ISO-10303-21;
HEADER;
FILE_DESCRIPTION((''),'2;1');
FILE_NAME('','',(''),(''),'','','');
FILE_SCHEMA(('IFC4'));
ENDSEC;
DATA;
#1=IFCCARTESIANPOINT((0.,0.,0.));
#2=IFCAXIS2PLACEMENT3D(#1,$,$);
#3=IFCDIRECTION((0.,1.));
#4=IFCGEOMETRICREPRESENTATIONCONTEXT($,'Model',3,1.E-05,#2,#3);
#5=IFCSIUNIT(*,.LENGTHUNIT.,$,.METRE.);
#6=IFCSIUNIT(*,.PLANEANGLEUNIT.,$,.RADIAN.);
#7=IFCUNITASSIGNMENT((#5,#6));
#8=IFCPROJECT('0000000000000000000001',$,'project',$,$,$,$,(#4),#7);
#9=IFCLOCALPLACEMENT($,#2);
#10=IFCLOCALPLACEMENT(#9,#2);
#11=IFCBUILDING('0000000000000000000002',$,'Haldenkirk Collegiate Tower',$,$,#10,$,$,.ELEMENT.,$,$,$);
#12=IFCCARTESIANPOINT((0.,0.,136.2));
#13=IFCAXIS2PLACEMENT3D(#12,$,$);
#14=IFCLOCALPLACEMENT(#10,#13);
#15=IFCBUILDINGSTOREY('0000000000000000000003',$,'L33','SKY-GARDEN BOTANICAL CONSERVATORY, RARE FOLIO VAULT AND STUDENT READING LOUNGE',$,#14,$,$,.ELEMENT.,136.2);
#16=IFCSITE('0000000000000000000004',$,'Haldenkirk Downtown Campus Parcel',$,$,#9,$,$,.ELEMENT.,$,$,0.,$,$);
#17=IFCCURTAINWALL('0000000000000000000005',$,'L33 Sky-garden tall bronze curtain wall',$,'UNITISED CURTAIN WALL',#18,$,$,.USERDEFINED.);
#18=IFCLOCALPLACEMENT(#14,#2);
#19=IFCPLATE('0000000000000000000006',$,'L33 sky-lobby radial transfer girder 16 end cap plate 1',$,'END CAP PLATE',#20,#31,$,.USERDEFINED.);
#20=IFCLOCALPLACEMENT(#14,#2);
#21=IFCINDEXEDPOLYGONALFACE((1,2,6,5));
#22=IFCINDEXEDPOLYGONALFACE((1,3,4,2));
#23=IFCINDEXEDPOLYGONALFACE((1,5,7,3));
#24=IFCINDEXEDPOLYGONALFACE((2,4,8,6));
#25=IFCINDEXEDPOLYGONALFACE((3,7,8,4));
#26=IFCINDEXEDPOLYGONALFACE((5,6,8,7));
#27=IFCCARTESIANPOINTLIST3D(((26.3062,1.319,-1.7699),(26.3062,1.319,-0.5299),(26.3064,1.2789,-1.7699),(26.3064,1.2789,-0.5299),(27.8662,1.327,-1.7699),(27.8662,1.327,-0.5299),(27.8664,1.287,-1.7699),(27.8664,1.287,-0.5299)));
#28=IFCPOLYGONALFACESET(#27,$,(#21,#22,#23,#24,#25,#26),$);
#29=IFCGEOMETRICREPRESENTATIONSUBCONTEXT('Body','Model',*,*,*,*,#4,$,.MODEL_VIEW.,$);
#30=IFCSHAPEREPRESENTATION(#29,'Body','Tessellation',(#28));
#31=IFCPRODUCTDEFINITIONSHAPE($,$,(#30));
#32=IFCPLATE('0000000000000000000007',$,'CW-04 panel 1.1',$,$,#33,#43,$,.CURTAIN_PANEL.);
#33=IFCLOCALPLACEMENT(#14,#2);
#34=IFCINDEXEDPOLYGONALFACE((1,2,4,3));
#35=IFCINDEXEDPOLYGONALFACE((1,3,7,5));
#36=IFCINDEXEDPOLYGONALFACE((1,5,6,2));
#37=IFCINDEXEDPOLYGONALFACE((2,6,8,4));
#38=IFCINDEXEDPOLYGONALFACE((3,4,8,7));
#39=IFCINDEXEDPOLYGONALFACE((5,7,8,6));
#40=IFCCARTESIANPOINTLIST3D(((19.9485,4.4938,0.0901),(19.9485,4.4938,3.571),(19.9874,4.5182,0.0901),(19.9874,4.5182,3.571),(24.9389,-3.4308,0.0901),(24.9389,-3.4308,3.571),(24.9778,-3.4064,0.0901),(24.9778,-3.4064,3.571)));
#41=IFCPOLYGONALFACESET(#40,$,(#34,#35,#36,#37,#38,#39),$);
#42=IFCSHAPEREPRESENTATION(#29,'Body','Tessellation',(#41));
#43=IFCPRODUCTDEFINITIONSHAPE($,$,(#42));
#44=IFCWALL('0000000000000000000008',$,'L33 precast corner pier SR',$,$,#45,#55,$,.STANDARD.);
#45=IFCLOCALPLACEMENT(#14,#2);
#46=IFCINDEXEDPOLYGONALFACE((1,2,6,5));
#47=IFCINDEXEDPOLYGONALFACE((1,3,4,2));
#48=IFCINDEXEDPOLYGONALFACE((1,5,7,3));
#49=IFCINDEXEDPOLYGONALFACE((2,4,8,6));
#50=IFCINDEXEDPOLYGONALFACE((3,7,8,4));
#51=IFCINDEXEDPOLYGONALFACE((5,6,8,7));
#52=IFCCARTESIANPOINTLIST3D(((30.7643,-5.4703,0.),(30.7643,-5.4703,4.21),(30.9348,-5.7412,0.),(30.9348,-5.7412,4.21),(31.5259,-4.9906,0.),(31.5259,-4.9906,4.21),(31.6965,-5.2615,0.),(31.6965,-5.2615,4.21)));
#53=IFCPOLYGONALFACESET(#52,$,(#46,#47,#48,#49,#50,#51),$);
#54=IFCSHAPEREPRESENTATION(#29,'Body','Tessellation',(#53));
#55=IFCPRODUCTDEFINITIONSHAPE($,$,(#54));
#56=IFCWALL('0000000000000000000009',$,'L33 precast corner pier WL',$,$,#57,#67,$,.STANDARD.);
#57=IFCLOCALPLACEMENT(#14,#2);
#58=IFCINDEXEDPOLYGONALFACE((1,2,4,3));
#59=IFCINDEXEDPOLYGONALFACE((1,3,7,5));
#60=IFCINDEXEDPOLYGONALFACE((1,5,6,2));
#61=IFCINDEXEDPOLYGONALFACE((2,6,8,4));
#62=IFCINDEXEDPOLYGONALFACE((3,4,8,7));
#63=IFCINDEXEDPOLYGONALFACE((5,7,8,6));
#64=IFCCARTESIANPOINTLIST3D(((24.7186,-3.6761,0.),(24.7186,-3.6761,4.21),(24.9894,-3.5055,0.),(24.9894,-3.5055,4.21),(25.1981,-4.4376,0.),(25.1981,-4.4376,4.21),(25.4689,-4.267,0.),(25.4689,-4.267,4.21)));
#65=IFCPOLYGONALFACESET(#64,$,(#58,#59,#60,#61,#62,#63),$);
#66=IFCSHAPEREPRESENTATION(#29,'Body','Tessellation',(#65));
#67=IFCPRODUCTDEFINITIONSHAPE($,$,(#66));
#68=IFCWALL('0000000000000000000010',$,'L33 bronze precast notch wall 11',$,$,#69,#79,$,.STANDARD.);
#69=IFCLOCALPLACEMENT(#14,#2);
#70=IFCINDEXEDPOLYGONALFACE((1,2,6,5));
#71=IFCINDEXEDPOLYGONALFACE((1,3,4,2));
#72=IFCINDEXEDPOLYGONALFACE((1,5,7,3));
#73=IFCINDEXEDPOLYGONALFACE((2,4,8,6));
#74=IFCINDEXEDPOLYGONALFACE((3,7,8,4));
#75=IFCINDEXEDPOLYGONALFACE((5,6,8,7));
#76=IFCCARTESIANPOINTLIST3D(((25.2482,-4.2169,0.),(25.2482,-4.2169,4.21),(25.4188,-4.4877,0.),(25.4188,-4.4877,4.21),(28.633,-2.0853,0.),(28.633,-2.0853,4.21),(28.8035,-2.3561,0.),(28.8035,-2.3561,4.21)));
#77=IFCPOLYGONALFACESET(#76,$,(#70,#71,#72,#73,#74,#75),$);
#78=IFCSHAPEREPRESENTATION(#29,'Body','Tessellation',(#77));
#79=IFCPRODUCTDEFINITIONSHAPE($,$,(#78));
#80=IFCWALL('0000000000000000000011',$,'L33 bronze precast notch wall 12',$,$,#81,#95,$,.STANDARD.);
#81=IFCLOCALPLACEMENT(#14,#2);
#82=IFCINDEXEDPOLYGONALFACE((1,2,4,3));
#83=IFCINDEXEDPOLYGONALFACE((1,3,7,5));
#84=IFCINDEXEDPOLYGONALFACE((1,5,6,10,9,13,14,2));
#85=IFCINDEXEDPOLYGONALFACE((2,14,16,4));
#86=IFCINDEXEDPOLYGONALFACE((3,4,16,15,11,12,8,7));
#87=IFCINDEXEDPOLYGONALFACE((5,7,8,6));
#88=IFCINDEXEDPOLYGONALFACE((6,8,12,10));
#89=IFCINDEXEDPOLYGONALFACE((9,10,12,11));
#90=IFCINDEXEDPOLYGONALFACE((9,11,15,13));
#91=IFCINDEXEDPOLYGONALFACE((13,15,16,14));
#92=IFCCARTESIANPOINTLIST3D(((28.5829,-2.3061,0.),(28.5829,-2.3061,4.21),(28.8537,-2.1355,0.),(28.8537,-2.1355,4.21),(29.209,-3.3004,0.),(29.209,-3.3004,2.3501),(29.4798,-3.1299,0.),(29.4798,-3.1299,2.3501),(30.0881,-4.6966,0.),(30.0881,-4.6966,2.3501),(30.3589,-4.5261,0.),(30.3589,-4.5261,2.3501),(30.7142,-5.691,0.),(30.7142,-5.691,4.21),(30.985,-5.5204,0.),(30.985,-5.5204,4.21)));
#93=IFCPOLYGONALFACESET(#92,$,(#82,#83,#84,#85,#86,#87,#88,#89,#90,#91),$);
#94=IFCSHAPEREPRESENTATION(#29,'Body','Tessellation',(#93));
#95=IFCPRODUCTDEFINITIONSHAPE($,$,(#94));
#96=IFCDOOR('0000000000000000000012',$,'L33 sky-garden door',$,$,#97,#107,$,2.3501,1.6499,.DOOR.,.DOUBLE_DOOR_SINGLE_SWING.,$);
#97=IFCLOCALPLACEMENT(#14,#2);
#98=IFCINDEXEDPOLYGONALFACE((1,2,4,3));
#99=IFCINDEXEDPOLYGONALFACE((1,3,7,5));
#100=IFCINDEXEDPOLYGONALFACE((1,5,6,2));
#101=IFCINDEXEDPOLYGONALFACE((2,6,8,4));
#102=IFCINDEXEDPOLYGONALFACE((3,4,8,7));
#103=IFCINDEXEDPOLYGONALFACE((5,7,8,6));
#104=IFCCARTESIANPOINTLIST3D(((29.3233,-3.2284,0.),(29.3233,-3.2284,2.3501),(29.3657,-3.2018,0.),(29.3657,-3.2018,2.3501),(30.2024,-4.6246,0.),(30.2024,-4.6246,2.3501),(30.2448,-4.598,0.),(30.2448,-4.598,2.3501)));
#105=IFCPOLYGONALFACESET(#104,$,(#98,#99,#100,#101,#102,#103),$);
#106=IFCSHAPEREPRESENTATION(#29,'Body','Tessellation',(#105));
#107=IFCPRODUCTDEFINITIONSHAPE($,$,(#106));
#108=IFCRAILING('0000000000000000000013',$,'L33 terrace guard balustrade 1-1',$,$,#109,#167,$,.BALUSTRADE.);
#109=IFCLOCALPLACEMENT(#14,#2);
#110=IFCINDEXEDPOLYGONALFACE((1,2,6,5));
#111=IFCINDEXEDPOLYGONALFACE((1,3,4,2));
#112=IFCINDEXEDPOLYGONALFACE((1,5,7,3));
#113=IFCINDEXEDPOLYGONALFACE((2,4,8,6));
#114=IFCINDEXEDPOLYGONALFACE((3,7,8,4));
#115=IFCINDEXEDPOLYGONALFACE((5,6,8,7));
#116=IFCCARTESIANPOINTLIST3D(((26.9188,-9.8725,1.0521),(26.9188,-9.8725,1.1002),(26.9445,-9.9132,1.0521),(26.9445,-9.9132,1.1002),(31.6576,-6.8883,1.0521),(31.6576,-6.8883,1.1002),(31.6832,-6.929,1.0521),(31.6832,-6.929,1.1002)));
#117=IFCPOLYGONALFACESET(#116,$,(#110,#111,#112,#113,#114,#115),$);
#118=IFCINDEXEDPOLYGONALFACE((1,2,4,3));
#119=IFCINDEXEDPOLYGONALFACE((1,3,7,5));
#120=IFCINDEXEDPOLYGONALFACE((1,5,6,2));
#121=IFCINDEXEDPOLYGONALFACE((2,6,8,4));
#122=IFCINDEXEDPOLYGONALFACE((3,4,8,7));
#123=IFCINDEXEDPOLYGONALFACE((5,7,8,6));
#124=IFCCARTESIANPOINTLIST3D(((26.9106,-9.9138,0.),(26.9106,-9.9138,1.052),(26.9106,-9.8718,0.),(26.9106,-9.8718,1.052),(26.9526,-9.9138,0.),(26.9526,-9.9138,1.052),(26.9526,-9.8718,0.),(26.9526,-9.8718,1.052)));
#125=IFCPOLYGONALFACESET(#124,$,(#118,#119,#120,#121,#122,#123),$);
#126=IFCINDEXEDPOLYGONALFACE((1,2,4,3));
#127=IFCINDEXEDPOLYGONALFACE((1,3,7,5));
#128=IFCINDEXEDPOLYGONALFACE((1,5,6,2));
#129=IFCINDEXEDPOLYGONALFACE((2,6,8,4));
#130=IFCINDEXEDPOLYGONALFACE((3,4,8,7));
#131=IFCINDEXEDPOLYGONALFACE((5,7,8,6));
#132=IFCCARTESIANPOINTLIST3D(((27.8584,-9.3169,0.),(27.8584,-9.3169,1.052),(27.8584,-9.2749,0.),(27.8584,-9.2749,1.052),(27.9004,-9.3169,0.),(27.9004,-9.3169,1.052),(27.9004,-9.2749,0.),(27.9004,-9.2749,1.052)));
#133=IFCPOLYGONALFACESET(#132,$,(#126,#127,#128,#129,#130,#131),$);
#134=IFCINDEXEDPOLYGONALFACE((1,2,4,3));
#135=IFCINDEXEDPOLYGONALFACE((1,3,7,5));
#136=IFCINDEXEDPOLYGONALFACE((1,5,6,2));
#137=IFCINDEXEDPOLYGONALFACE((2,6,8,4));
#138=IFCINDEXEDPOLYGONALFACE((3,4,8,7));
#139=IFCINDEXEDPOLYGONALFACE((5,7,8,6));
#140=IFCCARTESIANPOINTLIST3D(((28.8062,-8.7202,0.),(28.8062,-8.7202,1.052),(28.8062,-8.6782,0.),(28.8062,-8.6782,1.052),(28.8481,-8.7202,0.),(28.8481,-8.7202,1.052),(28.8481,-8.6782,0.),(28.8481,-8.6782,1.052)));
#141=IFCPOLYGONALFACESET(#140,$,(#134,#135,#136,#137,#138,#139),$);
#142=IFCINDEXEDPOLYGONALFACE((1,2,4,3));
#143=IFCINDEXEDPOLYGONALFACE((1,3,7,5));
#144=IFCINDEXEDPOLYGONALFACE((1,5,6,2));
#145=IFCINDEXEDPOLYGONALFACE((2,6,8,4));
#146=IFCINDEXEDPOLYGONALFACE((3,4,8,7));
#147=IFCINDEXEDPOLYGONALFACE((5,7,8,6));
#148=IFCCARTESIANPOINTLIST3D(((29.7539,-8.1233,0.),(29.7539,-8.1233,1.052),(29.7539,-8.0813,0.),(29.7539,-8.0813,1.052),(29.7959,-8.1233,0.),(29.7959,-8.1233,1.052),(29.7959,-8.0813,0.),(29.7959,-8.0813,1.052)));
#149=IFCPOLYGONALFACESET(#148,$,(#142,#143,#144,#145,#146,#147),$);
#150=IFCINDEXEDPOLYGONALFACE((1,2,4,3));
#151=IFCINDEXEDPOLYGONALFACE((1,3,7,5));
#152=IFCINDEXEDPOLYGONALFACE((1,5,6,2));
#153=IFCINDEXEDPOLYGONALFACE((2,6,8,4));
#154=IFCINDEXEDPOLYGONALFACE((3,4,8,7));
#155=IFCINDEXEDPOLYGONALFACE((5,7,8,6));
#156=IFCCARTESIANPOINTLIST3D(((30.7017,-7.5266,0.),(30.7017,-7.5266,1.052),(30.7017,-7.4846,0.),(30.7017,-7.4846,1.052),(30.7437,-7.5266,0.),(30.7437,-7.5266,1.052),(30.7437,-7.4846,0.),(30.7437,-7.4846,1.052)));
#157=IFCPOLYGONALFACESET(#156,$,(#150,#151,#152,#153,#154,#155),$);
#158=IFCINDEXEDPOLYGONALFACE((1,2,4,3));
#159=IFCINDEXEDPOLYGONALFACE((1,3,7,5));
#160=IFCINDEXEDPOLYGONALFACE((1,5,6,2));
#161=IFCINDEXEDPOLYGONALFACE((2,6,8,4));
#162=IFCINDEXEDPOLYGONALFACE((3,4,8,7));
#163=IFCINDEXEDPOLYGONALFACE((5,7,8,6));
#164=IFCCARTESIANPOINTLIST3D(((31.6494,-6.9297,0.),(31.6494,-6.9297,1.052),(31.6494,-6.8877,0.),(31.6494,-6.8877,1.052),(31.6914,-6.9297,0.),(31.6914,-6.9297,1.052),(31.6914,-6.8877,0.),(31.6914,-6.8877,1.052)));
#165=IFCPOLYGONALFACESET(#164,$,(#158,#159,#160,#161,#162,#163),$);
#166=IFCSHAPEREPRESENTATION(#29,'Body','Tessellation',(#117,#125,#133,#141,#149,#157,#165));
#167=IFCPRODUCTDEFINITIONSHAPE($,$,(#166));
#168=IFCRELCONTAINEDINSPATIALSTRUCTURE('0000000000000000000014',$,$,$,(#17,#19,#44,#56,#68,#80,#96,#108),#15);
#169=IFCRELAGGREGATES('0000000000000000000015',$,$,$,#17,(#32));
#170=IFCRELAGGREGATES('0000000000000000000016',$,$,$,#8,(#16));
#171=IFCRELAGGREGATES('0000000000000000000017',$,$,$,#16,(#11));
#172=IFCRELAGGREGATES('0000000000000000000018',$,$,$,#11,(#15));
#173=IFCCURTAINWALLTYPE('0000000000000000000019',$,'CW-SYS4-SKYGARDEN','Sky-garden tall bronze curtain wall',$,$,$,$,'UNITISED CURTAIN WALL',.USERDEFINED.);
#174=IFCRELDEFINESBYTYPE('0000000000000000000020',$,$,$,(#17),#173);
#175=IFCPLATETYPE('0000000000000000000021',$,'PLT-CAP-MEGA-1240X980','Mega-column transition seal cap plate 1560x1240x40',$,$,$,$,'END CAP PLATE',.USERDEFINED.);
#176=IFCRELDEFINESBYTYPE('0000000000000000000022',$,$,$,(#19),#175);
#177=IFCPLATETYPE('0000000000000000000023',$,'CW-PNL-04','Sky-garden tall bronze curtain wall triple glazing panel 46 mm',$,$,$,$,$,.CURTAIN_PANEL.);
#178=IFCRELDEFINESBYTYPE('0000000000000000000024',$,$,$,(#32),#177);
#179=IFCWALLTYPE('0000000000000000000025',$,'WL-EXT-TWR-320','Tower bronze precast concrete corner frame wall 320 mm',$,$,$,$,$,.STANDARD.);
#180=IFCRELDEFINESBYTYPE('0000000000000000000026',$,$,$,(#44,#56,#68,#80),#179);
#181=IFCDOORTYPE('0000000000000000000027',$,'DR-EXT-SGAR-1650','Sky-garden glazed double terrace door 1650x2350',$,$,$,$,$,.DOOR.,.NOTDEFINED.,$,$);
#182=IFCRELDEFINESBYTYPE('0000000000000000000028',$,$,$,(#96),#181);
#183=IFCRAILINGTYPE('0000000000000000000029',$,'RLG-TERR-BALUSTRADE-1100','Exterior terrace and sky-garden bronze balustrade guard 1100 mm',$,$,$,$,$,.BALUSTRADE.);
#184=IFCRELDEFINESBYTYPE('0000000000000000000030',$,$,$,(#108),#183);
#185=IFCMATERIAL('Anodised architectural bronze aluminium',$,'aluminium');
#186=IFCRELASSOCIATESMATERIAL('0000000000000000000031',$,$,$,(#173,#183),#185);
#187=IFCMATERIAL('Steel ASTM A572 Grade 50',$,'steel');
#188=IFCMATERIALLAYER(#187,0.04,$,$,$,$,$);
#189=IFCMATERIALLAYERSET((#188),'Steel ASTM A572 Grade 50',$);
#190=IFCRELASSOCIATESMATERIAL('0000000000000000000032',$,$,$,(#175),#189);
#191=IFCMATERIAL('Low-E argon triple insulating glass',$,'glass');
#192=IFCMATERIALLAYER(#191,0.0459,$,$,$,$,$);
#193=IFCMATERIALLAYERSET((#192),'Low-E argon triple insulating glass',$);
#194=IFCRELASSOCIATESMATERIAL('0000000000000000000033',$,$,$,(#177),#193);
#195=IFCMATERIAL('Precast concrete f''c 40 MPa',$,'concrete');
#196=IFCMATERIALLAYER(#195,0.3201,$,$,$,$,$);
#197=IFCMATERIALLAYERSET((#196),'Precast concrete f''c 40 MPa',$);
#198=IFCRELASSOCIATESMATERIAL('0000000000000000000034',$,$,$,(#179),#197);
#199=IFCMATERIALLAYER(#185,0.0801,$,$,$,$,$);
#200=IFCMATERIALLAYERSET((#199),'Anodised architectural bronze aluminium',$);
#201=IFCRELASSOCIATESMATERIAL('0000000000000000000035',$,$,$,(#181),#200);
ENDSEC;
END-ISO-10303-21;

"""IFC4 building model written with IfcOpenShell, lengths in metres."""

from ifc_helpers import new_model, si_unit, direction, frame, frame_2d, origin, origin_2d, place, context, subcontext, project, spatial, rectangle, extrude, source, transform, mapped, material, layer, layer_set, type_object, element, fill, aggregate, save


model = new_model("IFC4")

# Units and contexts
model_context = context("Model", 3, precision=1e-05, world=origin(), true_north=direction((0.0, 1.0)))
body_context = subcontext(model_context, "Body", "Model", "MODEL_VIEW")
ifc_project = project(units=[si_unit("LENGTHUNIT", "METRE"), si_unit("PLANEANGLEUNIT", "RADIAN")], contexts=[model_context])

# Site, building, storey
site_placement = place(None, origin())
site = spatial("IfcSite", under=ifc_project, at=site_placement, Name="Haldenkirk Downtown Campus Parcel", CompositionType="ELEMENT", RefElevation=0.0)
building_placement = place(site_placement, origin())
building = spatial("IfcBuilding", under=site, at=building_placement, Name="Haldenkirk Collegiate Tower", CompositionType="ELEMENT")
storey_placement = place(building_placement, frame((0.0, 0.0, 136.2)))
storey = spatial("IfcBuildingStorey", under=building, at=storey_placement, Name="L33", Description="SKY-GARDEN BOTANICAL CONSERVATORY, RARE FOLIO VAULT AND STUDENT READING LOUNGE", CompositionType="ELEMENT", Elevation=136.2)

# Shared definitions
ifc_material_1 = material(Name="Steel ASTM A572 Grade 50", Category="steel")

# Shared definitions
ifc_material_2 = material(Name="Anodised architectural bronze aluminium", Category="aluminium")
curtain_wall_type = type_object("IfcCurtainWallType", Name="CW-SYS4-SKYGARDEN", Description="Sky-garden tall bronze curtain wall", ElementType="UNITISED CURTAIN WALL", PredefinedType="USERDEFINED", material=ifc_material_2)

# Curtain wall
curtain_wall_1_placement = place(storey_placement, origin())
curtain_wall_1 = element("IfcCurtainWall", 1, at=curtain_wall_1_placement, inside=storey, type_object=curtain_wall_type, Name="L33 Sky-garden tall bronze curtain wall", ObjectType="UNITISED CURTAIN WALL", PredefinedType="USERDEFINED")

# Plate
ifc_layer_1 = layer(ifc_material_1, 0.04)
ifc_layer_set_1 = layer_set([ifc_layer_1], Name="Steel ASTM A572 Grade 50")
plate_type_1 = type_object("IfcPlateType", Name="PLT-CAP-MEGA-1240X980", Description="Mega-column transition seal cap plate 1560x1240x40", ElementType="END CAP PLATE", PredefinedType="USERDEFINED", material=ifc_layer_set_1)
shared_shape_1 = source(origin(), body_context, "Body", "SweptSolid", [
    extrude(rectangle(XDim=1.5601, YDim=1.24, at=origin_2d()), origin(), (0.0, 0.0, 1.0), 0.04),
])
for number, where, z_axis, x_axis, name in (
    (2, (27.0862, 1.323, -1.1499), (0.005163, -0.999987, 0.0), (0.999987, 0.005163, 0.0), "L33 sky-lobby radial transfer girder 16 end cap plate 1"),
):
    element("IfcPlate", number, at=place(storey_placement, frame(where, z_axis=z_axis, x_axis=x_axis)), inside=storey, type_object=plate_type_1, Name=name, ObjectType="END CAP PLATE", PredefinedType="USERDEFINED", context=body_context, shape_type="MappedRepresentation", body=[
        mapped(shared_shape_1, transform((0.0, 0.0, 0.0), x_axis=(1.0, 0.0, 0.0), y_axis=(0.0, 1.0, 0.0), z_axis=(0.0, 0.0, 1.0), scale=1.0)),
    ])

# Plate
ifc_material_3 = material(Name="Low-E argon triple insulating glass", Category="glass")
ifc_layer_2 = layer(ifc_material_3, 0.0459)
ifc_layer_set_2 = layer_set([ifc_layer_2], Name="Low-E argon triple insulating glass")
plate_type_2 = type_object("IfcPlateType", Name="CW-PNL-04", Description="Sky-garden tall bronze curtain wall triple glazing panel 46 mm", PredefinedType="CURTAIN_PANEL", material=ifc_layer_set_2)
shared_shape_2 = source(origin(), body_context, "Body", "SweptSolid", [
    extrude(rectangle(XDim=9.365, YDim=0.0459, at=origin_2d()), origin(), (0.0, 0.0, 1.0), 3.481),
])
plate_placement = place(storey_placement, frame((22.4631, 0.5437, 0.0901), z_axis=(0.0, 0.0, 1.0), x_axis=(-0.532878, 0.846192, 0.0)))
plate = element("IfcPlate", 3, at=plate_placement, type_object=plate_type_2, Name="CW-04 panel 1.1", PredefinedType="CURTAIN_PANEL", context=body_context, shape_type="MappedRepresentation", body=[
    mapped(shared_shape_2, transform((0.0, 0.0, 0.0), x_axis=(1.0, 0.0, 0.0), y_axis=(0.0, 1.0, 0.0), z_axis=(0.0, 0.0, 1.0), scale=1.0)),
])
aggregate(curtain_wall_1, [plate])

# Walls
ifc_material_4 = material(Name="Precast concrete f'c 40 MPa", Category="concrete")
ifc_layer_3 = layer(ifc_material_4, 0.3201)
ifc_layer_set_3 = layer_set([ifc_layer_3], Name="Precast concrete f'c 40 MPa")
wall_type = type_object("IfcWallType", Name="WL-EXT-TWR-320", Description="Tower bronze precast concrete corner frame wall 320 mm", PredefinedType="STANDARD", material=ifc_layer_set_3)
wall_1_placement = place(storey_placement, frame((31.6113, -5.126, 0.0), z_axis=(0.0, 0.0, 1.0), x_axis=(-0.846165, -0.532921, 0.0)))
element("IfcWall", 4, at=wall_1_placement, inside=storey, type_object=wall_type, Name="L33 precast corner pier SR", PredefinedType="STANDARD", context=body_context, shape_type="SweptSolid", body=[
    extrude(rectangle(XDim=0.9001, YDim=0.3201, at=frame_2d((0.4502, 0.0))), origin(), (0.0, 0.0, 1.0), 4.21),
])
wall_2_placement = place(storey_placement, frame((25.3335, -4.3523, 0.0), z_axis=(0.0, 0.0, 1.0), x_axis=(-0.532849, 0.84621, 0.0)))
element("IfcWall", 5, at=wall_2_placement, inside=storey, type_object=wall_type, Name="L33 precast corner pier WL", PredefinedType="STANDARD", context=body_context, shape_type="SweptSolid", body=[
    extrude(rectangle(XDim=0.8999, YDim=0.3201, at=frame_2d((0.45, 0.0))), origin(), (0.0, 0.0, 1.0), 4.21),
])
wall_3_placement = place(storey_placement, frame((28.7183, -2.2207, 0.0), z_axis=(0.0, 0.0, 1.0), x_axis=(-0.846183, -0.532893, 0.0)))
element("IfcWall", 6, at=wall_3_placement, inside=storey, type_object=wall_type, Name="L33 bronze precast notch wall 11", PredefinedType="STANDARD", context=body_context, shape_type="SweptSolid", body=[
    extrude(rectangle(XDim=4.0, YDim=0.3201, at=frame_2d((2.0, 0.0))), origin(), (0.0, 0.0, 1.0), 4.21),
])

# Wall, opening, door
wall_4_placement = place(storey_placement, frame((30.8496, -5.6057, 0.0), z_axis=(0.0, 0.0, 1.0), x_axis=(-0.532821, 0.846228, 0.0)))
wall_4 = element("IfcWall", 7, at=wall_4_placement, inside=storey, type_object=wall_type, Name="L33 bronze precast notch wall 12", PredefinedType="STANDARD", context=body_context, shape_type="SweptSolid", body=[
    extrude(rectangle(XDim=4.0, YDim=0.3201, at=frame_2d((2.0, 0.0))), origin(), (0.0, 0.0, 1.0), 4.21),
])
opening_placement = place(wall_4_placement, frame((1.175, 0.0, 0.0)))
opening = element("IfcOpeningElement", 8, at=opening_placement, cuts=wall_4, PredefinedType="OPENING", context=body_context, shape_type="SweptSolid", body=[
    extrude(rectangle(XDim=1.6499, YDim=2.3501, at=frame_2d((0.825, 1.175))), frame((0.0, 0.1699, 0.0), z_axis=(0.0, -1.0, 0.0), x_axis=(1.0, 0.0, 0.0)), (0.0, 0.0, 1.0), 0.3401),
])
ifc_layer_4 = layer(ifc_material_2, 0.0801)
ifc_layer_set_4 = layer_set([ifc_layer_4], Name="Anodised architectural bronze aluminium")
door_type = type_object("IfcDoorType", Name="DR-EXT-SGAR-1650", Description="Sky-garden glazed double terrace door 1650x2350", OperationType="NOTDEFINED", PredefinedType="DOOR", material=ifc_layer_set_4)
door_placement = place(opening_placement, origin())
door = element("IfcDoor", 9, at=door_placement, inside=storey, type_object=door_type, Name="L33 sky-garden door", OperationType="DOUBLE_DOOR_SINGLE_SWING", OverallHeight=2.3501, OverallWidth=1.6499, PredefinedType="DOOR", context=body_context, shape_type="SweptSolid", body=[
    extrude(rectangle(XDim=1.6499, YDim=2.3501, at=frame_2d((0.825, 1.175))), frame((0.0, 0.0249, 0.0), z_axis=(0.0, -1.0, 0.0), x_axis=(1.0, 0.0, 0.0)), (0.0, 0.0, 1.0), 0.05),
])
fill(opening, door)

# Railing
railing_type = type_object("IfcRailingType", Name="RLG-TERR-BALUSTRADE-1100", Description="Exterior terrace and sky-garden bronze balustrade guard 1100 mm", PredefinedType="BALUSTRADE", material=ifc_material_2)
railing_1_placement = place(storey_placement, frame((26.9316, -9.8928, 0.0)))
element("IfcRailing", 10, at=railing_1_placement, inside=storey, type_object=railing_type, Name="L33 terrace guard balustrade 1-1", PredefinedType="BALUSTRADE", context=body_context, shape_type="SweptSolid", body=[
    extrude(rectangle(XDim=0.0481, YDim=0.0481, at=origin_2d()), frame((0.0, 0.0, 1.0762), z_axis=(0.846196, 0.532872, 0.0), x_axis=(-0.532872, 0.846196, 0.0)), (0.0, 0.0, 1.0), 5.6001),
    extrude(rectangle(XDim=0.042, YDim=0.042, at=origin_2d()), origin(), (0.0, 0.0, 1.0), 1.052),
    extrude(rectangle(XDim=0.042, YDim=0.042, at=origin_2d()), frame((0.9478, 0.5969, 0.0)), (0.0, 0.0, 1.0), 1.052),
    extrude(rectangle(XDim=0.042, YDim=0.042, at=origin_2d()), frame((1.8955, 1.1936, 0.0)), (0.0, 0.0, 1.0), 1.052),
    extrude(rectangle(XDim=0.042, YDim=0.042, at=origin_2d()), frame((2.8433, 1.7905, 0.0)), (0.0, 0.0, 1.0), 1.052),
    extrude(rectangle(XDim=0.042, YDim=0.042, at=origin_2d()), frame((3.791, 2.3872, 0.0)), (0.0, 0.0, 1.0), 1.052),
    extrude(rectangle(XDim=0.042, YDim=0.042, at=origin_2d()), frame((4.7388, 2.9841, 0.0)), (0.0, 0.0, 1.0), 1.052),
])

save(model, "model.ifc")
